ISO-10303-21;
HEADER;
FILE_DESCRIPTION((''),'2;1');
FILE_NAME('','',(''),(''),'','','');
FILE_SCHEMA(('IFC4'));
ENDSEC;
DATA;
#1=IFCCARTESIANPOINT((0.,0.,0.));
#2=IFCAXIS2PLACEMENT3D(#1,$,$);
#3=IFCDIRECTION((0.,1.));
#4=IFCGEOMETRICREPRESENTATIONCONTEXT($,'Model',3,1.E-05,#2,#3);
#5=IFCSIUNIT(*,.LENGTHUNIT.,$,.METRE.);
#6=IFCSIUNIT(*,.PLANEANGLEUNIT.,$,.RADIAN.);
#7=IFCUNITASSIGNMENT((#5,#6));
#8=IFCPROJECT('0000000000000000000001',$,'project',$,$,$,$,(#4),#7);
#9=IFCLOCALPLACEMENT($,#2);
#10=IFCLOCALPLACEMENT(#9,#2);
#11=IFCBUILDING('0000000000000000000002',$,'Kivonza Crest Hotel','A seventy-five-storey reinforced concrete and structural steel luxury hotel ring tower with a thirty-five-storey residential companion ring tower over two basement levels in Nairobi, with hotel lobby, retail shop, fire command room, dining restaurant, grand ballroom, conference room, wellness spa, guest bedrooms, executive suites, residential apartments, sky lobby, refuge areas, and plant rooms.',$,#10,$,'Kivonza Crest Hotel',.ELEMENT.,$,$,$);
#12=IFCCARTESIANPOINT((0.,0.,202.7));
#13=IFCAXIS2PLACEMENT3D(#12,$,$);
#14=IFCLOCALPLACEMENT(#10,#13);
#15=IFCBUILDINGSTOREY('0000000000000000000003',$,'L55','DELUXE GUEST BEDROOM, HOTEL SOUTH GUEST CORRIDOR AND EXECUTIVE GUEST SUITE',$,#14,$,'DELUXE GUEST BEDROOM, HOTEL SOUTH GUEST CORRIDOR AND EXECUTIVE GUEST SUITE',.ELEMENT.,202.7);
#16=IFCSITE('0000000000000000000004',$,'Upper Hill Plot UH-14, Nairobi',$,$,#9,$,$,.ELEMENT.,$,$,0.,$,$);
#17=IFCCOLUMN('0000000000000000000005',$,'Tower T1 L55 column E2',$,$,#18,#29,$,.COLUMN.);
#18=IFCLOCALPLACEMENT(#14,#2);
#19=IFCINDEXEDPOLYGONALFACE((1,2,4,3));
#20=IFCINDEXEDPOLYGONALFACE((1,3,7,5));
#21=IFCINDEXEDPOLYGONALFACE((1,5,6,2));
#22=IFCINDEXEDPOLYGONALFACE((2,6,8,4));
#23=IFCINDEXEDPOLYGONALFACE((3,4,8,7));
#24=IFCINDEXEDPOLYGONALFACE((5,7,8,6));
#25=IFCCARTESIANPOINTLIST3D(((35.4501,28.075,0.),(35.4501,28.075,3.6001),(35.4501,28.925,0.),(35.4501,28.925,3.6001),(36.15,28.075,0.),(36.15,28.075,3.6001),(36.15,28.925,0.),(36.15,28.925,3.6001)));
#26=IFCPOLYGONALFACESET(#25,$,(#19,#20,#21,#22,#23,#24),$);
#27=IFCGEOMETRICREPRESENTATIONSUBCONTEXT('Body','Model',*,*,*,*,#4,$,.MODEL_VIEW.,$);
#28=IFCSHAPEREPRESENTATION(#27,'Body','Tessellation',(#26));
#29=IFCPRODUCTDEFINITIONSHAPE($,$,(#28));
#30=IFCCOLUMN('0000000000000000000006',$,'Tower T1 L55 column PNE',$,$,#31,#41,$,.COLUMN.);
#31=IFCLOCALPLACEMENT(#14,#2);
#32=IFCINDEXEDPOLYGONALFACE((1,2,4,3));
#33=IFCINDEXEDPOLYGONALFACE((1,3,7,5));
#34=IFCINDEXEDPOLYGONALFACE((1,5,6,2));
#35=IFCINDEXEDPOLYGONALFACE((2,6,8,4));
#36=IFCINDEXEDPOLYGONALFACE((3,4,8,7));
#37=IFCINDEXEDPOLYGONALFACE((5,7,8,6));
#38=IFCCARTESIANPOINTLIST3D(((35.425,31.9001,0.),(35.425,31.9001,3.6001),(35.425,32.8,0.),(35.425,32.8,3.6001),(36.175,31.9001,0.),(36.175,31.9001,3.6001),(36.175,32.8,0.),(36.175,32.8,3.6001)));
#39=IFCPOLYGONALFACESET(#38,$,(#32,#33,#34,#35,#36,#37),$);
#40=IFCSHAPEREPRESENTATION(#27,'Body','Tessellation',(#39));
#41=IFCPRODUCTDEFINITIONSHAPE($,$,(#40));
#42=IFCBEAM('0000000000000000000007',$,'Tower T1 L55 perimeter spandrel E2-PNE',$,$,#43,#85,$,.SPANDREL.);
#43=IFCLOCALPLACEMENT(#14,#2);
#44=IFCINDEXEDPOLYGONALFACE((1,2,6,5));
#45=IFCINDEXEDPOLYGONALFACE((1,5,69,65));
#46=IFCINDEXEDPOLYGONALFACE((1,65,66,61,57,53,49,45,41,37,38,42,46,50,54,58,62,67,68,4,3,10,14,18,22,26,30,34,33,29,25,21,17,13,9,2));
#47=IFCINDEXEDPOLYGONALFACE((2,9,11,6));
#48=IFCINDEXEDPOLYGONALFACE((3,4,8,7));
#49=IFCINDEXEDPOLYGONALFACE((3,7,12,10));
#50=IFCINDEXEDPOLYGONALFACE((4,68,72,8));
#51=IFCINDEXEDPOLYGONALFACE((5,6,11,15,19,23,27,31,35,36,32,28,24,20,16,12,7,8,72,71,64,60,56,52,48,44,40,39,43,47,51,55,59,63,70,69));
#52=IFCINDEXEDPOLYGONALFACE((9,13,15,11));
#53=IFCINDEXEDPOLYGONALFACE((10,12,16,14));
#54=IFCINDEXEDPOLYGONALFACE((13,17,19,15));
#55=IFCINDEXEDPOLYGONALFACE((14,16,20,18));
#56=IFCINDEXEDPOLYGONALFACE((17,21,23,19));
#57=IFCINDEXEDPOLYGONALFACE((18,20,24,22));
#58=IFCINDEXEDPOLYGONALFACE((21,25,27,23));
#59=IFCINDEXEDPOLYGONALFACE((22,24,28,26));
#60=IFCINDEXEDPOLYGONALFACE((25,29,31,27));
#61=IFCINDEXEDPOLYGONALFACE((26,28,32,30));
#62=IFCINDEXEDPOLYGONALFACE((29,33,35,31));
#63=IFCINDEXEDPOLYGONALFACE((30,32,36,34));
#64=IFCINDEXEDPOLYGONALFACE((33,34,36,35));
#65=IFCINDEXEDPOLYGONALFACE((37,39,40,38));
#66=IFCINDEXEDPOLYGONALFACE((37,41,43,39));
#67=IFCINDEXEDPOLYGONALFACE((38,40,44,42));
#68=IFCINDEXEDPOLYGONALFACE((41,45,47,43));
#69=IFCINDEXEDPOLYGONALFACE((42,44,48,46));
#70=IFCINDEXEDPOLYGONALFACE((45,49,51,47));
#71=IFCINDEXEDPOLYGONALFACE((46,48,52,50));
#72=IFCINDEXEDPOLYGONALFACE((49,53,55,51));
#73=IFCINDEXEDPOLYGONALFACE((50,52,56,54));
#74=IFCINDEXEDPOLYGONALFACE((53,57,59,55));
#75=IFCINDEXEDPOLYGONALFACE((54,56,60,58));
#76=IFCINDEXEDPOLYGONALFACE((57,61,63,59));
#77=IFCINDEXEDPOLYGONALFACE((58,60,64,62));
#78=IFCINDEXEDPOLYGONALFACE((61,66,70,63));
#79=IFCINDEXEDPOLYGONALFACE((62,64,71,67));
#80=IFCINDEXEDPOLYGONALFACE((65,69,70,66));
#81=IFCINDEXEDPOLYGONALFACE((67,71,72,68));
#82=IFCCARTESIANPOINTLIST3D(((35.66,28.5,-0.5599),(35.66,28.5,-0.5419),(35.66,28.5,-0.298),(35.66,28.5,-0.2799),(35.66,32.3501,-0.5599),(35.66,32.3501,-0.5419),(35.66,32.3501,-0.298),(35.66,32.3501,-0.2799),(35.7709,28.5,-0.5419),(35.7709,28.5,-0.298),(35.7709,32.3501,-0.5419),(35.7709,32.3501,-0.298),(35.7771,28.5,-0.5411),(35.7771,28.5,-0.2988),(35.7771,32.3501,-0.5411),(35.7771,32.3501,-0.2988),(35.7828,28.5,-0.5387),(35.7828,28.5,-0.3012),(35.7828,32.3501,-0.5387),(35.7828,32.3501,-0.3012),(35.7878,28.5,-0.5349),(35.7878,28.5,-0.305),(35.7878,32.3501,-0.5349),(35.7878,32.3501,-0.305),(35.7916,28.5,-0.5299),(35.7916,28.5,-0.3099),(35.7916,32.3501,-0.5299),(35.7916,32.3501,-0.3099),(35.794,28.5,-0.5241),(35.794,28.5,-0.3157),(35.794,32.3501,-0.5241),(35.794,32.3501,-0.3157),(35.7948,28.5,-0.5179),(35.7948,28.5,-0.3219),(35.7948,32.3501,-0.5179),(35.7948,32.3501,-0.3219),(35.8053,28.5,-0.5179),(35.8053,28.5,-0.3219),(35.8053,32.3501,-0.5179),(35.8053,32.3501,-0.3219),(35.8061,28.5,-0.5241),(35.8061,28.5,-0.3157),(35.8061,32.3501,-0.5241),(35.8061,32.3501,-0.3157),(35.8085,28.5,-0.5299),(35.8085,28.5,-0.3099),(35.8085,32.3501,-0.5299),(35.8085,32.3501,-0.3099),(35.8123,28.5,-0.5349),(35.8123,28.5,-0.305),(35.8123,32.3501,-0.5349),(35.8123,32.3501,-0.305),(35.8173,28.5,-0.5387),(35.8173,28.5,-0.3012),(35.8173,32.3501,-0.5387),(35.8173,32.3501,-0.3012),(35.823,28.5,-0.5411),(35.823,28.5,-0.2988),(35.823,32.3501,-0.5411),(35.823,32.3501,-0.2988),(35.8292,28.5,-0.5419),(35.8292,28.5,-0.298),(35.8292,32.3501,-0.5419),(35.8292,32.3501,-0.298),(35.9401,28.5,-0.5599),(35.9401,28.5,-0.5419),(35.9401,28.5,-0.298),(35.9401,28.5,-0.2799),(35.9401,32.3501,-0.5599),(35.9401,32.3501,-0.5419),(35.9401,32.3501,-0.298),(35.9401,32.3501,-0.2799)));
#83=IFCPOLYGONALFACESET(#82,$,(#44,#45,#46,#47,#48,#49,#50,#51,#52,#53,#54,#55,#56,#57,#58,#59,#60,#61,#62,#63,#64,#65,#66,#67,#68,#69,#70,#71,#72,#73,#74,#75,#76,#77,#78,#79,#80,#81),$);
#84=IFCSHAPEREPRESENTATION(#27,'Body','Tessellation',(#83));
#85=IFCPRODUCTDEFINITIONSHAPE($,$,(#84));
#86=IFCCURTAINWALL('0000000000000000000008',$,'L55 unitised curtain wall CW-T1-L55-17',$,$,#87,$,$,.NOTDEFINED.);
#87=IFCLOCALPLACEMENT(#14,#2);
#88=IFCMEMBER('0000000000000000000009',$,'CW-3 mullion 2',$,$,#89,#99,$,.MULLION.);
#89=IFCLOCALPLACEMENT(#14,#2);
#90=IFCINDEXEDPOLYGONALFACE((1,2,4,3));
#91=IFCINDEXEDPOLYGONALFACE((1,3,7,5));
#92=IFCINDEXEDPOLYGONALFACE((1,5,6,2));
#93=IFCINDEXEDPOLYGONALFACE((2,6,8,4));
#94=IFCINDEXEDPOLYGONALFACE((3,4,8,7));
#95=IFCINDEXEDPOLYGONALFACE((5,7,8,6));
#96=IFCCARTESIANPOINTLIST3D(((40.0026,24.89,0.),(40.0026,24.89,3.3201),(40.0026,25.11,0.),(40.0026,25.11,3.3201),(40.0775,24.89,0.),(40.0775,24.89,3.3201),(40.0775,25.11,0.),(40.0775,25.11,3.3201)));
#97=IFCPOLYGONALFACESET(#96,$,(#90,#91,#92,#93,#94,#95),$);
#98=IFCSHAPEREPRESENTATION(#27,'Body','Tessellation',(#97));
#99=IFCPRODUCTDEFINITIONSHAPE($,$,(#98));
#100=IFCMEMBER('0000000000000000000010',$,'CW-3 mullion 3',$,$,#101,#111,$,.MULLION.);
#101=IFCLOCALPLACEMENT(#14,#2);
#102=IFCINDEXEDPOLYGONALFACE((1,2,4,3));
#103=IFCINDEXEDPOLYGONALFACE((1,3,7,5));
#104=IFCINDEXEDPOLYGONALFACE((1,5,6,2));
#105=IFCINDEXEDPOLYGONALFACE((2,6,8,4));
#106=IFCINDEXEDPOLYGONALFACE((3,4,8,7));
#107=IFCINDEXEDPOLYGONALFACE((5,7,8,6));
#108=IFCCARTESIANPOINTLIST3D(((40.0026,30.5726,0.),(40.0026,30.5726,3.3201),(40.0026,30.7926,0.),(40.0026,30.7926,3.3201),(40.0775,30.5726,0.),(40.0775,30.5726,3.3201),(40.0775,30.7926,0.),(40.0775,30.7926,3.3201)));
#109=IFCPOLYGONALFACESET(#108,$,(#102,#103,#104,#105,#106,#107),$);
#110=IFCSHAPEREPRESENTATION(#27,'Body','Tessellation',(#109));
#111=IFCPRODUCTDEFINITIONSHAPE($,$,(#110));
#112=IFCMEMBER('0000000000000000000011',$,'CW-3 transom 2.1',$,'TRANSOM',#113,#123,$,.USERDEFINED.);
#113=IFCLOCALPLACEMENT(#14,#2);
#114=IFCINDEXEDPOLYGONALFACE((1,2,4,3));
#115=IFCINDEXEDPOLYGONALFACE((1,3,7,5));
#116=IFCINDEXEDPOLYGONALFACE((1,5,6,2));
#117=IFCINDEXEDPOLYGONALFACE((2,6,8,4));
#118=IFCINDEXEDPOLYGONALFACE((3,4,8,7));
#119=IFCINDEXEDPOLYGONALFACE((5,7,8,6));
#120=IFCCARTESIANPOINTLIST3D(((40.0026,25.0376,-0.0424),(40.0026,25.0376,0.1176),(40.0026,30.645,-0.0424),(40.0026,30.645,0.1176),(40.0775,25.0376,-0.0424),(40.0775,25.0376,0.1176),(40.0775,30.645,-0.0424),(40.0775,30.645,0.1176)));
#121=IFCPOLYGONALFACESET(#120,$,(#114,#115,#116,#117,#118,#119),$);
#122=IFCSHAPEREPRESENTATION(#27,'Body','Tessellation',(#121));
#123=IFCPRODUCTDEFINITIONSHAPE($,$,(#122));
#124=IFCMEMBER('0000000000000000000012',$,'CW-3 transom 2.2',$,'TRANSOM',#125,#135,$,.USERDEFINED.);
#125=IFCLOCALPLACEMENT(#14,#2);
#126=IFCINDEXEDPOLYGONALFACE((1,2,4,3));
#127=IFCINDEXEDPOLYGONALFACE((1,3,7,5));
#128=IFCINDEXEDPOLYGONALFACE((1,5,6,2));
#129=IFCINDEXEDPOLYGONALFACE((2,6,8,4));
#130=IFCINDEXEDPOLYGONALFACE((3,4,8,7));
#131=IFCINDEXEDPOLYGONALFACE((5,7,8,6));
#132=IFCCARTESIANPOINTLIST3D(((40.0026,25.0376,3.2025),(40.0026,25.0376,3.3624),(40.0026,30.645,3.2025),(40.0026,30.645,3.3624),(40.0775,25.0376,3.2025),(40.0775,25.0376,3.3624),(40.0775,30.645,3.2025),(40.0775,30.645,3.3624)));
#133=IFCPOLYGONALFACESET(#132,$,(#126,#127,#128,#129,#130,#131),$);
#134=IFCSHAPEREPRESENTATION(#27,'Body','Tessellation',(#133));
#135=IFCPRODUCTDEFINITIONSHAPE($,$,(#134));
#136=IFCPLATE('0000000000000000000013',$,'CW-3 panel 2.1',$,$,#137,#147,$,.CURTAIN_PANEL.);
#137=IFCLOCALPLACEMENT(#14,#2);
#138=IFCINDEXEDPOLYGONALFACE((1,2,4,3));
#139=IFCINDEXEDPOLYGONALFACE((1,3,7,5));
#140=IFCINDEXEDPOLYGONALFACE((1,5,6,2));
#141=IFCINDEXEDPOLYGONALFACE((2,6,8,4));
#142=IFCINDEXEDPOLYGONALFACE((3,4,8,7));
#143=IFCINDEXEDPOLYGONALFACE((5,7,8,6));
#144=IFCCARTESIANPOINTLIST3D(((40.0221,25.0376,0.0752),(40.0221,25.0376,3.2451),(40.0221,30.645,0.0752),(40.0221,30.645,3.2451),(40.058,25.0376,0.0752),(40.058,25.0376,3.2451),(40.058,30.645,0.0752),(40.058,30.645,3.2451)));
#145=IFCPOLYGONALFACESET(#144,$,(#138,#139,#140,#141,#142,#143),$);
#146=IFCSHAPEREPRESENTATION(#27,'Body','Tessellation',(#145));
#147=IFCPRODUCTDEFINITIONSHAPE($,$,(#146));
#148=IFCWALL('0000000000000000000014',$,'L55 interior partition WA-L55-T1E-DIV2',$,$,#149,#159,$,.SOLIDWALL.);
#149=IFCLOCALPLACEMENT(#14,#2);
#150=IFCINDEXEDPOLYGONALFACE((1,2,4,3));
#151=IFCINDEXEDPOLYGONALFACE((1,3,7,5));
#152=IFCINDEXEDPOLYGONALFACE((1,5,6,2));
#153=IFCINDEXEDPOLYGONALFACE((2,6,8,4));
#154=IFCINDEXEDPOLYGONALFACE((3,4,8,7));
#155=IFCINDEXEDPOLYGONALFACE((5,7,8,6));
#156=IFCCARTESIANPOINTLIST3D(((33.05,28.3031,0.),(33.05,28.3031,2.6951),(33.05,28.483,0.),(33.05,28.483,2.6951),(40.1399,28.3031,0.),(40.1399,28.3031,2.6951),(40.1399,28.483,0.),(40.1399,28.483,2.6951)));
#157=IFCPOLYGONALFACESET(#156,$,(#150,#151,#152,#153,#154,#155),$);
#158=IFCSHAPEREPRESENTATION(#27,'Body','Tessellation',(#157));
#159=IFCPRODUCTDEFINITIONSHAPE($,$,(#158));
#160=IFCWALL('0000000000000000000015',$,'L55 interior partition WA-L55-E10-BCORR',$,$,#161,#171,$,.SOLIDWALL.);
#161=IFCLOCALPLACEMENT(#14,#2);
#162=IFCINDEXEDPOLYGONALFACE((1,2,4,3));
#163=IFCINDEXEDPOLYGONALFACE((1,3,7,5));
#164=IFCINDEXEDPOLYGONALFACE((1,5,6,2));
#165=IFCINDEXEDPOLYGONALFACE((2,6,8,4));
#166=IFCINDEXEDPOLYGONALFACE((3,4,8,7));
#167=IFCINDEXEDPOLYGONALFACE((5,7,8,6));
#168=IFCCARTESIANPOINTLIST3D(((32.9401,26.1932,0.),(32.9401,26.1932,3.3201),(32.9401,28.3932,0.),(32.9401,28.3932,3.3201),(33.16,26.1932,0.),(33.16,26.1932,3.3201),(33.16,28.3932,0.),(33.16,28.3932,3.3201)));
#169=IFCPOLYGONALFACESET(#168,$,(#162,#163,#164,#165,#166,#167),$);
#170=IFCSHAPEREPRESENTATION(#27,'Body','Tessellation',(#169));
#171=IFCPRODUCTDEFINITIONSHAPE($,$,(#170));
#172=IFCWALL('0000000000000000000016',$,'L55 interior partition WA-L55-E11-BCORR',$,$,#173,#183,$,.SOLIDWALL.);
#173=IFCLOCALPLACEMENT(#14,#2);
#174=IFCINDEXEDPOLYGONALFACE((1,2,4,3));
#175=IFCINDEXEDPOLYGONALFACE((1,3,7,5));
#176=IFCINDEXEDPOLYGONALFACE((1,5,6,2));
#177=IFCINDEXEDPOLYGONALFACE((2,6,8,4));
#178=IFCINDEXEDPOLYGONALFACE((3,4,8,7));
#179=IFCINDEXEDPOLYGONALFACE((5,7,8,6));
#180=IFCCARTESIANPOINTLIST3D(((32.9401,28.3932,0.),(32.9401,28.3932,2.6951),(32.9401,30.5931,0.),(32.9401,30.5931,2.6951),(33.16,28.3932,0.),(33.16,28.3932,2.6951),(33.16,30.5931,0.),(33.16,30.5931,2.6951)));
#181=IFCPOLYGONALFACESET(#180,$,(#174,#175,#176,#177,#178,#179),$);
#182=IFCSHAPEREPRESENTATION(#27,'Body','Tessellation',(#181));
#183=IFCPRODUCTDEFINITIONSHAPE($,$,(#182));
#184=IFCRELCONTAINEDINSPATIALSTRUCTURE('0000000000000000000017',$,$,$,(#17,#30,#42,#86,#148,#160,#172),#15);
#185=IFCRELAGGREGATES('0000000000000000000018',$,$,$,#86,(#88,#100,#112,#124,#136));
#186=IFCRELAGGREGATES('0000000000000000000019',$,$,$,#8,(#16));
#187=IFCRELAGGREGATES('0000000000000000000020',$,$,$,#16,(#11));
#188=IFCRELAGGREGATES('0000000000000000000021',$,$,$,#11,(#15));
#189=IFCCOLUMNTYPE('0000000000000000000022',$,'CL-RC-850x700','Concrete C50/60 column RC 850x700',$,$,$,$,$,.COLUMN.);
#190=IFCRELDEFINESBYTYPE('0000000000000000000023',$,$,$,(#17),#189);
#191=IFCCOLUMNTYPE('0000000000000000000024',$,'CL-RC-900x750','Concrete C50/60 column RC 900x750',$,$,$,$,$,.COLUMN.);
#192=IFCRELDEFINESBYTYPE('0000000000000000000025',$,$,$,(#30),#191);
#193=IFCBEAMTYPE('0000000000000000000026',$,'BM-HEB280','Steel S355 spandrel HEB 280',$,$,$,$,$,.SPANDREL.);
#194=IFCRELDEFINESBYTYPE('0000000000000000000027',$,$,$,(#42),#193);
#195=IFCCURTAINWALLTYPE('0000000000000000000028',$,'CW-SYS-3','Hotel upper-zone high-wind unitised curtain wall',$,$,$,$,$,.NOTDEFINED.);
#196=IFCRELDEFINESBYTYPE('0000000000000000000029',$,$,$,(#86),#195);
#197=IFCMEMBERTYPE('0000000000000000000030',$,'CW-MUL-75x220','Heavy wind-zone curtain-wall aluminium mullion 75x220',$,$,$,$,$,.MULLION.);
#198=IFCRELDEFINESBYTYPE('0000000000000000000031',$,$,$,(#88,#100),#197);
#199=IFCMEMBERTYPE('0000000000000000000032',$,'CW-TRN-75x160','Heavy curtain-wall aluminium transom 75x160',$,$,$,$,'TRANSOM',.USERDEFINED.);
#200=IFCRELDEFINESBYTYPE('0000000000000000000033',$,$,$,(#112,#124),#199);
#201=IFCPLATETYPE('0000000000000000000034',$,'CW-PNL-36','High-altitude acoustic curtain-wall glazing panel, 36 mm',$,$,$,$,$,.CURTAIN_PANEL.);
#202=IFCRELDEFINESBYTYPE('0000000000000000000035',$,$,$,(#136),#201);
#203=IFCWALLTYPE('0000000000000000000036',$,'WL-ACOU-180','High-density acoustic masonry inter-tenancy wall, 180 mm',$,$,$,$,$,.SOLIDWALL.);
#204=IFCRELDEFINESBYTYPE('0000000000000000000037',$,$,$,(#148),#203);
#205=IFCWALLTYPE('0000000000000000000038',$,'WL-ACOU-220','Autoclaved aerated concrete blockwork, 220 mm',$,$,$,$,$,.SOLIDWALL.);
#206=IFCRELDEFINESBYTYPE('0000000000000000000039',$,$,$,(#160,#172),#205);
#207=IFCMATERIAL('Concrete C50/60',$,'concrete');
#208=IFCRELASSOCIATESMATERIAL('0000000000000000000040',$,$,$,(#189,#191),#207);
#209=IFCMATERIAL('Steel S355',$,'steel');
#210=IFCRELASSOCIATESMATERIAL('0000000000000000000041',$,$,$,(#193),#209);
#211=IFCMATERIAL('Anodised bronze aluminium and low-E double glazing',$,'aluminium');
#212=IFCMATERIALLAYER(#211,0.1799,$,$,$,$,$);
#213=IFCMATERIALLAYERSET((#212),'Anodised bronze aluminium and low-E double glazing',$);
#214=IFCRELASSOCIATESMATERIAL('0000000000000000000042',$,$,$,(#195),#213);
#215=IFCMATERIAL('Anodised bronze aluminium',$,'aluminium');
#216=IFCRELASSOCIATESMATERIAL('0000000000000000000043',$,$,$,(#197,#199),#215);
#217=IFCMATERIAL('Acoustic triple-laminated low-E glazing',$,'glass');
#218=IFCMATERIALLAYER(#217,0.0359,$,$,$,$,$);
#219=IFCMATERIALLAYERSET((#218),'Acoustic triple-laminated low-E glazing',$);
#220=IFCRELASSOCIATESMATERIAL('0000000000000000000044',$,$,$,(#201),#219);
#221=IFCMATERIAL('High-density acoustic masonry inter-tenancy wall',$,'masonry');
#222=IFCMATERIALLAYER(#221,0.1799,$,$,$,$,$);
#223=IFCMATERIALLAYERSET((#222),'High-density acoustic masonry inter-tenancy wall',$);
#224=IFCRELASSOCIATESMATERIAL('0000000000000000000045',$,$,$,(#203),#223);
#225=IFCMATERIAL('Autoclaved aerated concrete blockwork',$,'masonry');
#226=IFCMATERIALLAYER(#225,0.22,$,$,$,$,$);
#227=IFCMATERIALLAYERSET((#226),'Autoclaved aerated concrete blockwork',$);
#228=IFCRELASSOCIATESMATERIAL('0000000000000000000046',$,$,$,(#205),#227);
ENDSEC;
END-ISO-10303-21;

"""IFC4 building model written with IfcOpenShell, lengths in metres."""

from ifc_helpers import new_model, si_unit, direction, frame, frame_2d, origin, origin_2d, place, context, subcontext, project, spatial, rectangle, i_section, extrude, material, layer, layer_set, material_profile, profile_set, type_object, element, aggregate, save


model = new_model("IFC4")

# Units and contexts
model_context = context("Model", 3, precision=1e-05, world=origin(), true_north=direction((0.0, 1.0)))
body_context = subcontext(model_context, "Body", "Model", "MODEL_VIEW")
ifc_project = project(units=[si_unit("LENGTHUNIT", "METRE"), si_unit("PLANEANGLEUNIT", "RADIAN")], contexts=[model_context])

# Site, building, storey
site_placement = place(None, origin())
site = spatial("IfcSite", under=ifc_project, at=site_placement, Name="Upper Hill Plot UH-14, Nairobi", CompositionType="ELEMENT", RefElevation=0.0)
building_placement = place(site_placement, origin())
building = spatial("IfcBuilding", under=site, at=building_placement, Name="Kivonza Crest Hotel", Description="A seventy-five-storey reinforced concrete and structural steel luxury hotel ring tower with a thirty-five-storey residential companion ring tower over two basement levels in Nairobi, with hotel lobby, retail shop, fire command room, dining restaurant, grand ballroom, conference room, wellness spa, guest bedrooms, executive suites, residential apartments, sky lobby, refuge areas, and plant rooms.", LongName="Kivonza Crest Hotel", CompositionType="ELEMENT")
storey_placement = place(building_placement, frame((0.0, 0.0, 202.7)))
storey = spatial("IfcBuildingStorey", under=building, at=storey_placement, Name="L55", Description="DELUXE GUEST BEDROOM, HOTEL SOUTH GUEST CORRIDOR AND EXECUTIVE GUEST SUITE", LongName="DELUXE GUEST BEDROOM, HOTEL SOUTH GUEST CORRIDOR AND EXECUTIVE GUEST SUITE", CompositionType="ELEMENT", Elevation=202.7)

# Columns
ifc_material_1 = material(Name="Concrete C50/60", Category="concrete")
ifc_material_profile_1 = material_profile(ifc_material_1, rectangle(XDim=0.7, YDim=0.8501, at=origin_2d()), Name="RC 850x700")
ifc_profile_set_1 = profile_set([ifc_material_profile_1], Name="Concrete C50/60")
column_type_1 = type_object("IfcColumnType", Name="CL-RC-850x700", Description="Concrete C50/60 column RC 850x700", PredefinedType="COLUMN", material=ifc_profile_set_1)
column_1_placement = place(storey_placement, frame((35.8, 28.5, 0.0), z_axis=(0.0, 0.0, 1.0), x_axis=(1.0, 0.0, 0.0)))
element("IfcColumn", 1, at=column_1_placement, inside=storey, type_object=column_type_1, Name="Tower T1 L55 column E2", PredefinedType="COLUMN", context=body_context, shape_type="SweptSolid", body=[
    extrude(rectangle(XDim=0.7, YDim=0.8501, at=origin_2d()), origin(), (0.0, 0.0, 1.0), 3.6001),
])
ifc_material_profile_2 = material_profile(ifc_material_1, rectangle(XDim=0.75, YDim=0.8999, at=origin_2d()), Name="RC 900x750")
ifc_profile_set_2 = profile_set([ifc_material_profile_2], Name="Concrete C50/60")
column_type_2 = type_object("IfcColumnType", Name="CL-RC-900x750", Description="Concrete C50/60 column RC 900x750", PredefinedType="COLUMN", material=ifc_profile_set_2)
column_2_placement = place(storey_placement, frame((35.8, 32.3501, 0.0), z_axis=(0.0, 0.0, 1.0), x_axis=(1.0, 0.0, 0.0)))
element("IfcColumn", 2, at=column_2_placement, inside=storey, type_object=column_type_2, Name="Tower T1 L55 column PNE", PredefinedType="COLUMN", context=body_context, shape_type="SweptSolid", body=[
    extrude(rectangle(XDim=0.75, YDim=0.8999, at=origin_2d()), origin(), (0.0, 0.0, 1.0), 3.6001),
])

# Beam
ifc_material_2 = material(Name="Steel S355", Category="steel")
ifc_material_profile_3 = material_profile(ifc_material_2, i_section(OverallWidth=0.28, OverallDepth=0.28, WebThickness=0.0105, FlangeThickness=0.0181, FilletRadius=0.0239, at=origin_2d()), Name="HEB 280")
ifc_profile_set_3 = profile_set([ifc_material_profile_3], Name="Steel S355")
beam_type = type_object("IfcBeamType", Name="BM-HEB280", Description="Steel S355 spandrel HEB 280", PredefinedType="SPANDREL", material=ifc_profile_set_3)
beam_placement = place(storey_placement, frame((35.8, 28.5, -0.4199), z_axis=(0.0, 1.0, 0.0), x_axis=(-1.0, 0.0, 0.0)))
element("IfcBeam", 3, at=beam_placement, inside=storey, type_object=beam_type, Name="Tower T1 L55 perimeter spandrel E2-PNE", PredefinedType="SPANDREL", context=body_context, shape_type="SweptSolid", body=[
    extrude(i_section(OverallWidth=0.28, OverallDepth=0.28, WebThickness=0.0105, FlangeThickness=0.0181, FilletRadius=0.0239, at=origin_2d()), origin(), (0.0, 0.0, 1.0), 3.8501),
])

# Curtain wall, members, plate
ifc_material_3 = material(Name="Anodised bronze aluminium and low-E double glazing", Category="aluminium")
ifc_layer_1 = layer(ifc_material_3, 0.1799)
ifc_layer_set_1 = layer_set([ifc_layer_1], Name="Anodised bronze aluminium and low-E double glazing")
curtain_wall_type = type_object("IfcCurtainWallType", Name="CW-SYS-3", Description="Hotel upper-zone high-wind unitised curtain wall", PredefinedType="NOTDEFINED", material=ifc_layer_set_1)
curtain_wall_placement = place(storey_placement, origin())
curtain_wall = element("IfcCurtainWall", 4, at=curtain_wall_placement, inside=storey, type_object=curtain_wall_type, Name="L55 unitised curtain wall CW-T1-L55-17", PredefinedType="NOTDEFINED")
ifc_material_4 = material(Name="Anodised bronze aluminium", Category="aluminium")
ifc_material_profile_4 = material_profile(ifc_material_4, rectangle(XDim=0.075, YDim=0.22, at=origin_2d()), Name="CW-M 75x220")
ifc_profile_set_4 = profile_set([ifc_material_profile_4], Name="Anodised bronze aluminium")
member_type_1 = type_object("IfcMemberType", Name="CW-MUL-75x220", Description="Heavy wind-zone curtain-wall aluminium mullion 75x220", PredefinedType="MULLION", material=ifc_profile_set_4)
member_1_placement = place(storey_placement, frame((40.04, 25.0, 0.0), z_axis=(0.0, 0.0, 1.0), x_axis=(-1.0, 0.0, 0.0)))
member_1 = element("IfcMember", 5, at=member_1_placement, type_object=member_type_1, Name="CW-3 mullion 2", PredefinedType="MULLION", context=body_context, shape_type="SweptSolid", body=[
    extrude(rectangle(XDim=0.075, YDim=0.22, at=origin_2d()), origin(), (0.0, 0.0, 1.0), 3.3201),
])
member_2_placement = place(storey_placement, frame((40.04, 30.6826, 0.0), z_axis=(0.0, 0.0, 1.0), x_axis=(-1.0, 0.0, 0.0)))
member_2 = element("IfcMember", 6, at=member_2_placement, type_object=member_type_1, Name="CW-3 mullion 3", PredefinedType="MULLION", context=body_context, shape_type="SweptSolid", body=[
    extrude(rectangle(XDim=0.075, YDim=0.22, at=origin_2d()), origin(), (0.0, 0.0, 1.0), 3.3201),
])
ifc_material_profile_5 = material_profile(ifc_material_4, rectangle(XDim=0.075, YDim=0.1599, at=origin_2d()), Name="CW-T 75x160")
ifc_profile_set_5 = profile_set([ifc_material_profile_5], Name="Anodised bronze aluminium")
member_type_2 = type_object("IfcMemberType", Name="CW-TRN-75x160", Description="Heavy curtain-wall aluminium transom 75x160", ElementType="TRANSOM", PredefinedType="USERDEFINED", material=ifc_profile_set_5)
member_3_placement = place(storey_placement, frame((40.04, 25.0376, 0.0376), z_axis=(0.0, 1.0, 0.0), x_axis=(-1.0, 0.0, 0.0)))
member_3 = element("IfcMember", 7, at=member_3_placement, type_object=member_type_2, Name="CW-3 transom 2.1", ObjectType="TRANSOM", PredefinedType="USERDEFINED", context=body_context, shape_type="SweptSolid", body=[
    extrude(rectangle(XDim=0.075, YDim=0.1599, at=origin_2d()), origin(), (0.0, 0.0, 1.0), 5.6074),
])
member_4_placement = place(storey_placement, frame((40.04, 25.0376, 3.2825), z_axis=(0.0, 1.0, 0.0), x_axis=(-1.0, 0.0, 0.0)))
member_4 = element("IfcMember", 8, at=member_4_placement, type_object=member_type_2, Name="CW-3 transom 2.2", ObjectType="TRANSOM", PredefinedType="USERDEFINED", context=body_context, shape_type="SweptSolid", body=[
    extrude(rectangle(XDim=0.075, YDim=0.1599, at=origin_2d()), origin(), (0.0, 0.0, 1.0), 5.6074),
])
ifc_material_5 = material(Name="Acoustic triple-laminated low-E glazing", Category="glass")
ifc_layer_2 = layer(ifc_material_5, 0.0359)
ifc_layer_set_2 = layer_set([ifc_layer_2], Name="Acoustic triple-laminated low-E glazing")
plate_type = type_object("IfcPlateType", Name="CW-PNL-36", Description="High-altitude acoustic curtain-wall glazing panel, 36 mm", PredefinedType="CURTAIN_PANEL", material=ifc_layer_set_2)
plate_placement = place(storey_placement, frame((40.04, 27.8413, 0.0752), z_axis=(0.0, 0.0, 1.0), x_axis=(0.0, 1.0, 0.0)))
plate = element("IfcPlate", 9, at=plate_placement, type_object=plate_type, Name="CW-3 panel 2.1", PredefinedType="CURTAIN_PANEL", context=body_context, shape_type="SweptSolid", body=[
    extrude(rectangle(XDim=5.6074, YDim=0.0359, at=origin_2d()), origin(), (0.0, 0.0, 1.0), 3.1699),
])
aggregate(curtain_wall, [member_1, member_2, member_3, member_4, plate])

# Walls
ifc_material_6 = material(Name="High-density acoustic masonry inter-tenancy wall", Category="masonry")
ifc_layer_3 = layer(ifc_material_6, 0.1799)
ifc_layer_set_3 = layer_set([ifc_layer_3], Name="High-density acoustic masonry inter-tenancy wall")
wall_type_1 = type_object("IfcWallType", Name="WL-ACOU-180", Description="High-density acoustic masonry inter-tenancy wall, 180 mm", PredefinedType="SOLIDWALL", material=ifc_layer_set_3)
wall_1_placement = place(storey_placement, frame((33.05, 28.3931, 0.0), z_axis=(0.0, 0.0, 1.0), x_axis=(1.0, 0.0, 0.0)))
element("IfcWall", 10, at=wall_1_placement, inside=storey, type_object=wall_type_1, Name="L55 interior partition WA-L55-T1E-DIV2", PredefinedType="SOLIDWALL", context=body_context, shape_type="SweptSolid", body=[
    extrude(rectangle(XDim=7.0898, YDim=0.1799, at=frame_2d((3.5449, 0.0))), origin(), (0.0, 0.0, 1.0), 2.6951),
])
ifc_material_7 = material(Name="Autoclaved aerated concrete blockwork", Category="masonry")
ifc_layer_4 = layer(ifc_material_7, 0.22)
ifc_layer_set_4 = layer_set([ifc_layer_4], Name="Autoclaved aerated concrete blockwork")
wall_type_2 = type_object("IfcWallType", Name="WL-ACOU-220", Description="Autoclaved aerated concrete blockwork, 220 mm", PredefinedType="SOLIDWALL", material=ifc_layer_set_4)
wall_2_placement = place(storey_placement, frame((33.05, 26.1931, 0.0), z_axis=(0.0, 0.0, 1.0), x_axis=(0.0, 1.0, 0.0)))
element("IfcWall", 11, at=wall_2_placement, inside=storey, type_object=wall_type_2, Name="L55 interior partition WA-L55-E10-BCORR", PredefinedType="SOLIDWALL", context=body_context, shape_type="SweptSolid", body=[
    extrude(rectangle(XDim=2.2, YDim=0.22, at=frame_2d((1.1001, 0.0))), origin(), (0.0, 0.0, 1.0), 3.3201),
])
wall_3_placement = place(storey_placement, frame((33.05, 28.3931, 0.0), z_axis=(0.0, 0.0, 1.0), x_axis=(0.0, 1.0, 0.0)))
element("IfcWall", 12, at=wall_3_placement, inside=storey, type_object=wall_type_2, Name="L55 interior partition WA-L55-E11-BCORR", PredefinedType="SOLIDWALL", context=body_context, shape_type="SweptSolid", body=[
    extrude(rectangle(XDim=2.2, YDim=0.22, at=frame_2d((1.1001, 0.0))), origin(), (0.0, 0.0, 1.0), 2.6951),
])

save(model, "model.ifc")
